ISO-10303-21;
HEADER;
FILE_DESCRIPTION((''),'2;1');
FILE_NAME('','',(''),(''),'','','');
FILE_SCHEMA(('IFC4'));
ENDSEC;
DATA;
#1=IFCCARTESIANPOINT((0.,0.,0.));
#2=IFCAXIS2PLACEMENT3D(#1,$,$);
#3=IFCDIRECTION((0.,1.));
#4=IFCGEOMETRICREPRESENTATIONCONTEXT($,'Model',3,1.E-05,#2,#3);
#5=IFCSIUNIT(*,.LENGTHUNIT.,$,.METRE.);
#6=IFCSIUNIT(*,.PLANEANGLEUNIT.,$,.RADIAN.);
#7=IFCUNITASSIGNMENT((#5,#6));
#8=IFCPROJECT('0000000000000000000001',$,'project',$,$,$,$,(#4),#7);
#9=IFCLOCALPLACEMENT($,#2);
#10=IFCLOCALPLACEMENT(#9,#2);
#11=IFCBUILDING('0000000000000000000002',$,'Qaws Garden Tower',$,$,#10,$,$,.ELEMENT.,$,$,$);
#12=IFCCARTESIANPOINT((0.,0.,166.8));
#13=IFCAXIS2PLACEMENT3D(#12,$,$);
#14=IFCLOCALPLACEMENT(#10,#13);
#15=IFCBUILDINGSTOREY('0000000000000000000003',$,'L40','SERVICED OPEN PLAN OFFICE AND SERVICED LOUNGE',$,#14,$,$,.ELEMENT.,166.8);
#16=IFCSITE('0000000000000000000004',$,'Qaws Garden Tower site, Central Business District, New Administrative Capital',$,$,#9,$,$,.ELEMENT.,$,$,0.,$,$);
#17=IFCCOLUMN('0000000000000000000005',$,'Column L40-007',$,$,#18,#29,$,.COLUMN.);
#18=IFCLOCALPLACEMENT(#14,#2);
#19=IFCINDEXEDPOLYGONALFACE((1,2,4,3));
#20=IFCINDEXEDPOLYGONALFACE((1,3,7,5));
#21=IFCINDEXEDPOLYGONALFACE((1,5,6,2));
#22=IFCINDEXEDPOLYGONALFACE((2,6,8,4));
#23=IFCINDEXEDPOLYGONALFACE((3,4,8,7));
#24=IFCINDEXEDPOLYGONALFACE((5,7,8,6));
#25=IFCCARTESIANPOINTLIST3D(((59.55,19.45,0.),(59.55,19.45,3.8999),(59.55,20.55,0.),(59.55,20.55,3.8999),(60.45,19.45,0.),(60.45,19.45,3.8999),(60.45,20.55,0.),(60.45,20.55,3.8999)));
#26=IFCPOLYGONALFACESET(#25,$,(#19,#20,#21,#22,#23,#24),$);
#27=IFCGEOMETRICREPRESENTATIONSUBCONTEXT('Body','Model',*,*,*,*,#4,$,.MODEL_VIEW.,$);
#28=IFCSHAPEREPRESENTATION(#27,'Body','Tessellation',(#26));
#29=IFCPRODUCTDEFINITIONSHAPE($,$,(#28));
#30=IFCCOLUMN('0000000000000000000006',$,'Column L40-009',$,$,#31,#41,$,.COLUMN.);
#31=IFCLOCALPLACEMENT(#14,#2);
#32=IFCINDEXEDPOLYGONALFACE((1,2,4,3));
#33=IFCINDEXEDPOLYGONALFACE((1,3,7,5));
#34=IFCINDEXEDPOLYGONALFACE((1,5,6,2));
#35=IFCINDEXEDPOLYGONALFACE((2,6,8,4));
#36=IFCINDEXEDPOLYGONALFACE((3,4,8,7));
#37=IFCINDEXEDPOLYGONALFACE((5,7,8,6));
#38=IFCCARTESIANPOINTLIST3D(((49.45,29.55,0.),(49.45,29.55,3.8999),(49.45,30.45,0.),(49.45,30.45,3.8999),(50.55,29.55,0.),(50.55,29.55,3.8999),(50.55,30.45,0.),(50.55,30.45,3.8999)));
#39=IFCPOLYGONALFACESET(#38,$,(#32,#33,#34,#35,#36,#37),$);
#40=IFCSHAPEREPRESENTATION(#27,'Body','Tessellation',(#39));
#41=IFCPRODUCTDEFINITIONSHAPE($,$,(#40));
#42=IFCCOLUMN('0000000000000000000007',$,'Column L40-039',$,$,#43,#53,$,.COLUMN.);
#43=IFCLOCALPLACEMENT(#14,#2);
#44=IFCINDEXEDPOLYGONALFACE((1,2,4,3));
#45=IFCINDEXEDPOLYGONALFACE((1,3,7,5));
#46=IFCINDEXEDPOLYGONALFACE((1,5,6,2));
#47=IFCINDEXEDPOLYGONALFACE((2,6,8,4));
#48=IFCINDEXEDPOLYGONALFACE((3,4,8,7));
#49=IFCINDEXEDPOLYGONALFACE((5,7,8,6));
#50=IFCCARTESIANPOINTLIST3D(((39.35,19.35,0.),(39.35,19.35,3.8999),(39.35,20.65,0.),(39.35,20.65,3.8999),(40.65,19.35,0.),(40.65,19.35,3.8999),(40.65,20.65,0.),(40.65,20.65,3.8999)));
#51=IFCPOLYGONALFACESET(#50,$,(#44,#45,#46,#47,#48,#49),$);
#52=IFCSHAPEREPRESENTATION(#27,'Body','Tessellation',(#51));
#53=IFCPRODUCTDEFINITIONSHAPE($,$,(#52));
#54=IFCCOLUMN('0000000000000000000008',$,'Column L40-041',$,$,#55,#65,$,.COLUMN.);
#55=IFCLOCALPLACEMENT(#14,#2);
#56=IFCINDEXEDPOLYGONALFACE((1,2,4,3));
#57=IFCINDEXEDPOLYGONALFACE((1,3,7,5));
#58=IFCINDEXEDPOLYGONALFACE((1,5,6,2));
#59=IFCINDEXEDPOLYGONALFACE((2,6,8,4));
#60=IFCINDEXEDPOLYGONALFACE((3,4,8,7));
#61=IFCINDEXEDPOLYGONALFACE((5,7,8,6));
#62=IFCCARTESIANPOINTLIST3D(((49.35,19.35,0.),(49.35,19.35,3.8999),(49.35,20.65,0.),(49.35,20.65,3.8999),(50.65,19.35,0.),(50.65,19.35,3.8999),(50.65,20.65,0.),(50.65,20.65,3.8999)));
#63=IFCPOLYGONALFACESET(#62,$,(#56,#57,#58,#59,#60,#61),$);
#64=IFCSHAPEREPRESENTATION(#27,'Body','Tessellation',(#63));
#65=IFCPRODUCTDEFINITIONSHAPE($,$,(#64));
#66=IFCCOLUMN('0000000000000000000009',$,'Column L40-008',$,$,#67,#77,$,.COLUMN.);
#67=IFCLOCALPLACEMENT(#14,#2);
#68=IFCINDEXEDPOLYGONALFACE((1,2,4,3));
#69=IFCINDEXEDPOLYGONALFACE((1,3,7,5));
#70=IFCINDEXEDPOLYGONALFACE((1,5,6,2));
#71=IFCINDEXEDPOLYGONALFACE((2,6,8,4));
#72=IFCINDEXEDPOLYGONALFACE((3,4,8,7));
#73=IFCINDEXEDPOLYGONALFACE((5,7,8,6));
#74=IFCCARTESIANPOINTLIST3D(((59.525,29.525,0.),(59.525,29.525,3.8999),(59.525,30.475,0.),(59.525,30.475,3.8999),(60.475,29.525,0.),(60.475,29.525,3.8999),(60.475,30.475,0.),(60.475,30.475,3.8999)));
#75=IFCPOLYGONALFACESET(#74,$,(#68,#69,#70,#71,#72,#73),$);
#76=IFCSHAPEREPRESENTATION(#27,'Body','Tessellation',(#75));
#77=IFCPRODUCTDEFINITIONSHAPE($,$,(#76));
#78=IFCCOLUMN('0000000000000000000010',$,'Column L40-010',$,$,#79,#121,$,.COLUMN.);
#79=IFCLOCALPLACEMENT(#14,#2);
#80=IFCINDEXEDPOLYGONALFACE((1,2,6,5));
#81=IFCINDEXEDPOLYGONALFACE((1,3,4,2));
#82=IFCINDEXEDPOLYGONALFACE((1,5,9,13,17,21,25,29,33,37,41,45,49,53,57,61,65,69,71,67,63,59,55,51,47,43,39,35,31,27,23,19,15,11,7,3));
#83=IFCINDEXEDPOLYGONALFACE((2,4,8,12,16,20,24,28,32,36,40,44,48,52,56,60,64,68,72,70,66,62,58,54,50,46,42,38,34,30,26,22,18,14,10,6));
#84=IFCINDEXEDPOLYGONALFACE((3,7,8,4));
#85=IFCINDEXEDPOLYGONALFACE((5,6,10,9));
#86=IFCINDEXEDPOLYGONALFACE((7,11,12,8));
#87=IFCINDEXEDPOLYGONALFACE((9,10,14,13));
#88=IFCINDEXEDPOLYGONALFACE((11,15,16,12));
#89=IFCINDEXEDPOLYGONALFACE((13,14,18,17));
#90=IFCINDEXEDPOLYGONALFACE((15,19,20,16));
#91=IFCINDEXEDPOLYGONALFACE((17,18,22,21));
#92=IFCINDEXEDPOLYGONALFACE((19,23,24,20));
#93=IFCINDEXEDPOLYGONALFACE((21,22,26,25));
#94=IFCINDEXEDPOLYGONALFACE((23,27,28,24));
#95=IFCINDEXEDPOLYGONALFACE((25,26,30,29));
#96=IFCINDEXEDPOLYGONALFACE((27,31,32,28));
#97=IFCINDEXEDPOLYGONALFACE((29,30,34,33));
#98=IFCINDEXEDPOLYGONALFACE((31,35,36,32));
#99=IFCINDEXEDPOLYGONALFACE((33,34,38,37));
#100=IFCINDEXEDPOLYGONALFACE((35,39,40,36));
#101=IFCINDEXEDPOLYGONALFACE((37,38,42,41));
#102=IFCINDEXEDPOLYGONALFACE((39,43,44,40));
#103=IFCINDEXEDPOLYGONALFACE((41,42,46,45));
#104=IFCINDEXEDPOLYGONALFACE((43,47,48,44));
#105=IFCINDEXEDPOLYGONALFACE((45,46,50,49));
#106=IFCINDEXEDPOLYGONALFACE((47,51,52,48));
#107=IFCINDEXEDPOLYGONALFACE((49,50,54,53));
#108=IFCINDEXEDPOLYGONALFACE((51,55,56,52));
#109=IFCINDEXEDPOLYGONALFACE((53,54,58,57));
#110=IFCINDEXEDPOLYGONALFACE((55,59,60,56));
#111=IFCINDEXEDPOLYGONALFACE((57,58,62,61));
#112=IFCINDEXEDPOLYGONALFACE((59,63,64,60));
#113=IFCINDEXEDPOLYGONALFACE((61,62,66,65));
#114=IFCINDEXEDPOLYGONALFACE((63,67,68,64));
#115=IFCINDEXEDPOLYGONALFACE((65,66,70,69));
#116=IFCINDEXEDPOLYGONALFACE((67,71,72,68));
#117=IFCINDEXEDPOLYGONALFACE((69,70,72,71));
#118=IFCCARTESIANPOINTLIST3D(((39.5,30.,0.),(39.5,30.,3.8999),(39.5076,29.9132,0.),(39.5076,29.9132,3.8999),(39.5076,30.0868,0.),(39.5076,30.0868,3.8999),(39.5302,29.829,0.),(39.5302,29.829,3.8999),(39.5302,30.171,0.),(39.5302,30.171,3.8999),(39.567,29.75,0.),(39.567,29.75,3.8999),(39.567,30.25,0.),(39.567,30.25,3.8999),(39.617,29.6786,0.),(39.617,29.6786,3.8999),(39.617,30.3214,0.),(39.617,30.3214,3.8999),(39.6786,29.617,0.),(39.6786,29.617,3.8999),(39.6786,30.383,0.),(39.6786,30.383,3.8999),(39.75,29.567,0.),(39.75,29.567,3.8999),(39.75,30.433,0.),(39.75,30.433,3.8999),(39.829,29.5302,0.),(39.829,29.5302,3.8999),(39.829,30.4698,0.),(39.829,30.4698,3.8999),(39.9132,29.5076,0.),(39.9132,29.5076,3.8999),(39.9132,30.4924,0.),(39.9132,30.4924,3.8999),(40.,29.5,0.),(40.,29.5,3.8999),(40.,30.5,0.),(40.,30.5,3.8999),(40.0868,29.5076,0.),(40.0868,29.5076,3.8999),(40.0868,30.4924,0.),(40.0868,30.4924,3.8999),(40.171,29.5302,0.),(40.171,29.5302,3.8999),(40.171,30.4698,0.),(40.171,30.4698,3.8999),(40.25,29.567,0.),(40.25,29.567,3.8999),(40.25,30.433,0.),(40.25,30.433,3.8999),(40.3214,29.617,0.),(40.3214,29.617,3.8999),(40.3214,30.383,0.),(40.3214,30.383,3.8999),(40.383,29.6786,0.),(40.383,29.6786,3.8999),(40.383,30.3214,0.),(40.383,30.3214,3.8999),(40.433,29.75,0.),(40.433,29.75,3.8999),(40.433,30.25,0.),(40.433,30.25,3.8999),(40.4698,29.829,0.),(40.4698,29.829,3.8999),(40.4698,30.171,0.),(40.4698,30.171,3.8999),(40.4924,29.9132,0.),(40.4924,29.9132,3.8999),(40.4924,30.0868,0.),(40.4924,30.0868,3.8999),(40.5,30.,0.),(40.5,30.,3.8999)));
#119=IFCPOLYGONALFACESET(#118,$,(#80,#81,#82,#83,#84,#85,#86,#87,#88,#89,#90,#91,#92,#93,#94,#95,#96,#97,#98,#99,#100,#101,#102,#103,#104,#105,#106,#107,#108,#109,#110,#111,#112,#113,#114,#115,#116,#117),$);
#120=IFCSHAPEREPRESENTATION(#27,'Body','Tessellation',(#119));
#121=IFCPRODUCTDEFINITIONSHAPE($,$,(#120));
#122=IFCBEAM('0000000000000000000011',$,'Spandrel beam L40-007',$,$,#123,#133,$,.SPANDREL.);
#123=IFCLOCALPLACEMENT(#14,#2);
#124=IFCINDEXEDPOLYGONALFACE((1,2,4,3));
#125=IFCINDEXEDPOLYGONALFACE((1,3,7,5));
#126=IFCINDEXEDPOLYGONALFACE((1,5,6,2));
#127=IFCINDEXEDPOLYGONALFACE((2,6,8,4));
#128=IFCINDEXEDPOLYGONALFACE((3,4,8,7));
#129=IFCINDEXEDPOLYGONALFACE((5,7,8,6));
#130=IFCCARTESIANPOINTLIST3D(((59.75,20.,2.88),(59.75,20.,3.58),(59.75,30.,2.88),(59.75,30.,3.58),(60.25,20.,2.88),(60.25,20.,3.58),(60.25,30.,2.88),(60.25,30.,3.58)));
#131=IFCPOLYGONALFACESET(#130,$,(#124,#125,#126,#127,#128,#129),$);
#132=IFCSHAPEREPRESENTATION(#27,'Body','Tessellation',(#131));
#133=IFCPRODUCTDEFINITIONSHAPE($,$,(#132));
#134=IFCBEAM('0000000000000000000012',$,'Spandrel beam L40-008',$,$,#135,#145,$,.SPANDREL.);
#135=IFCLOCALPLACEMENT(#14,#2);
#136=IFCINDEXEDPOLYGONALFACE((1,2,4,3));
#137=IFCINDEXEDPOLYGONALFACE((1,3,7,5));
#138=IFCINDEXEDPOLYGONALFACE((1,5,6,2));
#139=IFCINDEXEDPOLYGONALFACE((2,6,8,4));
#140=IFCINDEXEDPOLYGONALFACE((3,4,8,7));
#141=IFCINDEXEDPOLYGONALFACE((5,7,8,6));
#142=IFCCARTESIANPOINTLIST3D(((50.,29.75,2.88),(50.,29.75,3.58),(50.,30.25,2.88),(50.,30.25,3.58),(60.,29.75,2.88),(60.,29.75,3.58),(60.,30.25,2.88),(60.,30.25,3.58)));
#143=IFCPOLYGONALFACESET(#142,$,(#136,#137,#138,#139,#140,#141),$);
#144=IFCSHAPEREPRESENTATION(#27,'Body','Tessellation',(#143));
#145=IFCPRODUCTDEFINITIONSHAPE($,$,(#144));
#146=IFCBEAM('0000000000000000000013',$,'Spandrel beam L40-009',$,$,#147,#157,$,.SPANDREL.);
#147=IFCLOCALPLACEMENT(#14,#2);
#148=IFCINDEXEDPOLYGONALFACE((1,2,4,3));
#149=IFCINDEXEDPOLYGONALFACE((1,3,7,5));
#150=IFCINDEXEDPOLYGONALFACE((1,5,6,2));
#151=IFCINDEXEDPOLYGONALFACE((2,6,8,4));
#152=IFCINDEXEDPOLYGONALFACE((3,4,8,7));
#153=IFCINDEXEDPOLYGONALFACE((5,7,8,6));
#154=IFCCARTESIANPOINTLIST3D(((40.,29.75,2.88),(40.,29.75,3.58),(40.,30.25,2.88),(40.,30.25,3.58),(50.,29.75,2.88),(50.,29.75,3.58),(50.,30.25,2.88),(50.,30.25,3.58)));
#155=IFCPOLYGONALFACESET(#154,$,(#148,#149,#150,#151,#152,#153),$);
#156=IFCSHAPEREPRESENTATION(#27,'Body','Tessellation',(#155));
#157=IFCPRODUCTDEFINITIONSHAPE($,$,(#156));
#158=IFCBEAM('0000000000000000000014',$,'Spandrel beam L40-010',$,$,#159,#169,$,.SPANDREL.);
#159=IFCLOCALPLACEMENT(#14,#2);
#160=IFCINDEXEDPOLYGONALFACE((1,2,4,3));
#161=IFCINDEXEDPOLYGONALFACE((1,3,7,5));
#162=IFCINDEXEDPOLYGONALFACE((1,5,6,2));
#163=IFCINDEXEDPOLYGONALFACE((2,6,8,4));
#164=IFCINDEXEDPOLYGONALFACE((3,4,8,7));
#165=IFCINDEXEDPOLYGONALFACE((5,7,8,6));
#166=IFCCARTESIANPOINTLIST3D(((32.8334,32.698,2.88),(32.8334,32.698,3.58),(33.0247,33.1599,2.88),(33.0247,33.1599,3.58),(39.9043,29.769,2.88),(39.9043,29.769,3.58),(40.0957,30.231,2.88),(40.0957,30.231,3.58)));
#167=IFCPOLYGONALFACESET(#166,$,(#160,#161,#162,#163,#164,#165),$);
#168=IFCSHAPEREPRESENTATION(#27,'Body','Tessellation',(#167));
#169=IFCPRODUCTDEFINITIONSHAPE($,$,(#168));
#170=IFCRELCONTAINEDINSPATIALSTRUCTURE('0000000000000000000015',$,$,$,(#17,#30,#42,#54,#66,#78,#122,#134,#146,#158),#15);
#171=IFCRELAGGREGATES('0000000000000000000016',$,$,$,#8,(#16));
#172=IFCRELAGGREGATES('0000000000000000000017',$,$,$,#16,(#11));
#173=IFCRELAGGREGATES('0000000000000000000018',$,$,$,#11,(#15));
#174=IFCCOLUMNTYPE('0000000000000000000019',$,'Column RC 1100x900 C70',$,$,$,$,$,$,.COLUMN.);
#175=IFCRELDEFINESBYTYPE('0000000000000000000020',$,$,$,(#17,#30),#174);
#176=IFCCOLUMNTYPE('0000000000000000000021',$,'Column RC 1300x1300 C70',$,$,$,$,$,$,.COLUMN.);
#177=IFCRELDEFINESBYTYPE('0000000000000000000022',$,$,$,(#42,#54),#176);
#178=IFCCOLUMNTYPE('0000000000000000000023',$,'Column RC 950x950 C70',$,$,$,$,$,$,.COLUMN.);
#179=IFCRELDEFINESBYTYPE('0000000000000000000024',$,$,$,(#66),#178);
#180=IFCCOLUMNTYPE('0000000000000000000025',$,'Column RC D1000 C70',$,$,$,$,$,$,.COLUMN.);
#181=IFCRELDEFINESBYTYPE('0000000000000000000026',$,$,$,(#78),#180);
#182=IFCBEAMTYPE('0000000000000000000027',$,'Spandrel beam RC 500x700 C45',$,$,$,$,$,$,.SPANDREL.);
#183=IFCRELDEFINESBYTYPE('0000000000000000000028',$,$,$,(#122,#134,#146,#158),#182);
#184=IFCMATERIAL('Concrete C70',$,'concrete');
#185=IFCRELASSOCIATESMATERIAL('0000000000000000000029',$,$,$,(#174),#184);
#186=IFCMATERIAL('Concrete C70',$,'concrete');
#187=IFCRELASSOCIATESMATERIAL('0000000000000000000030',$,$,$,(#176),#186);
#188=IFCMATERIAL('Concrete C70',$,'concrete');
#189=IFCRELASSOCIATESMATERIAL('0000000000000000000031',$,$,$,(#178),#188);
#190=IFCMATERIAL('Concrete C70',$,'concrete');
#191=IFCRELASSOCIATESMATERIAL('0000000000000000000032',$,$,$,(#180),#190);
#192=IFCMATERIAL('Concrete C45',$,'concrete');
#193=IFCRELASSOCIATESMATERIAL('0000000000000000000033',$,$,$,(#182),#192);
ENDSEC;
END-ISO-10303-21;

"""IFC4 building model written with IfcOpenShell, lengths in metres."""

from ifc_helpers import new_model, si_unit, direction, frame, origin, origin_2d, place, context, subcontext, project, spatial, rectangle, circle, extrude, material, material_profile, profile_set, type_object, element, save


model = new_model("IFC4")

# Units and contexts
model_context = context("Model", 3, precision=1e-05, world=origin(), true_north=direction((0.0, 1.0)))
body_context = subcontext(model_context, "Body", "Model", "MODEL_VIEW")
ifc_project = project(units=[si_unit("LENGTHUNIT", "METRE"), si_unit("PLANEANGLEUNIT", "RADIAN")], contexts=[model_context])

# Site, building, storey
site_placement = place(None, origin())
site = spatial("IfcSite", under=ifc_project, at=site_placement, Name="Qaws Garden Tower site, Central Business District, New Administrative Capital", CompositionType="ELEMENT", RefElevation=0.0)
building_placement = place(site_placement, origin())
building = spatial("IfcBuilding", under=site, at=building_placement, Name="Qaws Garden Tower", CompositionType="ELEMENT")
storey_placement = place(building_placement, frame((0.0, 0.0, 166.8)))
storey = spatial("IfcBuildingStorey", under=building, at=storey_placement, Name="L40", Description="SERVICED OPEN PLAN OFFICE AND SERVICED LOUNGE", CompositionType="ELEMENT", Elevation=166.8)

# Columns
ifc_material_1 = material(Name="Concrete C70", Category="concrete")
ifc_material_profile_1 = material_profile(ifc_material_1, rectangle(XDim=1.1001, YDim=0.8999, at=origin_2d()), Name="RC 1100x900")
ifc_profile_set_1 = profile_set([ifc_material_profile_1], Name="Concrete C70")
column_type_1 = type_object("IfcColumnType", Name="Column RC 1100x900 C70", PredefinedType="COLUMN", material=ifc_profile_set_1)
for number, where, z_axis, x_axis, name in (
    (1, (60.0, 20.0, 0.0), (0.0, 0.0, 1.0), (0.0, 1.0, 0.0), "Column L40-007"),
    (2, (50.0, 30.0, 0.0), (0.0, 0.0, 1.0), (1.0, 0.0, 0.0), "Column L40-009"),
):
    element("IfcColumn", number, at=place(storey_placement, frame(where, z_axis=z_axis, x_axis=x_axis)), inside=storey, type_object=column_type_1, Name=name, PredefinedType="COLUMN", context=body_context, shape_type="SweptSolid", body=[
        extrude(rectangle(XDim=1.1001, YDim=0.8999, at=origin_2d()), origin(), (0.0, 0.0, 1.0), 3.8999),
    ])
ifc_material_2 = material(Name="Concrete C70", Category="concrete")
ifc_material_profile_2 = material_profile(ifc_material_2, rectangle(XDim=1.3, YDim=1.3, at=origin_2d()), Name="RC 1300x1300")
ifc_profile_set_2 = profile_set([ifc_material_profile_2], Name="Concrete C70")
column_type_2 = type_object("IfcColumnType", Name="Column RC 1300x1300 C70", PredefinedType="COLUMN", material=ifc_profile_set_2)
for number, where, z_axis, x_axis, name in (
    (3, (40.0, 20.0, 0.0), (0.0, 0.0, 1.0), (1.0, 0.0, 0.0), "Column L40-039"),
    (4, (50.0, 20.0, 0.0), (0.0, 0.0, 1.0), (1.0, 0.0, 0.0), "Column L40-041"),
):
    element("IfcColumn", number, at=place(storey_placement, frame(where, z_axis=z_axis, x_axis=x_axis)), inside=storey, type_object=column_type_2, Name=name, PredefinedType="COLUMN", context=body_context, shape_type="SweptSolid", body=[
        extrude(rectangle(XDim=1.3, YDim=1.3, at=origin_2d()), origin(), (0.0, 0.0, 1.0), 3.8999),
    ])
ifc_material_3 = material(Name="Concrete C70", Category="concrete")
ifc_material_profile_3 = material_profile(ifc_material_3, rectangle(XDim=0.95, YDim=0.95, at=origin_2d()), Name="RC 950x950")
ifc_profile_set_3 = profile_set([ifc_material_profile_3], Name="Concrete C70")
column_type_3 = type_object("IfcColumnType", Name="Column RC 950x950 C70", PredefinedType="COLUMN", material=ifc_profile_set_3)
column_1_placement = place(storey_placement, frame((60.0, 30.0, 0.0), z_axis=(0.0, 0.0, 1.0), x_axis=(1.0, 0.0, 0.0)))
element("IfcColumn", 5, at=column_1_placement, inside=storey, type_object=column_type_3, Name="Column L40-008", PredefinedType="COLUMN", context=body_context, shape_type="SweptSolid", body=[
    extrude(rectangle(XDim=0.95, YDim=0.95, at=origin_2d()), origin(), (0.0, 0.0, 1.0), 3.8999),
])
ifc_material_4 = material(Name="Concrete C70", Category="concrete")
ifc_material_profile_4 = material_profile(ifc_material_4, circle(Radius=0.5, at=origin_2d()), Name="RC D1000")
ifc_profile_set_4 = profile_set([ifc_material_profile_4], Name="Concrete C70")
column_type_4 = type_object("IfcColumnType", Name="Column RC D1000 C70", PredefinedType="COLUMN", material=ifc_profile_set_4)
column_2_placement = place(storey_placement, frame((40.0, 30.0, 0.0), z_axis=(0.0, 0.0, 1.0), x_axis=(1.0, 0.0, 0.0)))
element("IfcColumn", 6, at=column_2_placement, inside=storey, type_object=column_type_4, Name="Column L40-010", PredefinedType="COLUMN", context=body_context, shape_type="SweptSolid", body=[
    extrude(circle(Radius=0.5, at=origin_2d()), origin(), (0.0, 0.0, 1.0), 3.8999),
])

# Beams
ifc_material_5 = material(Name="Concrete C45", Category="concrete")
ifc_material_profile_5 = material_profile(ifc_material_5, rectangle(XDim=0.5, YDim=0.7, at=origin_2d()), Name="RC 500x700")
ifc_profile_set_5 = profile_set([ifc_material_profile_5], Name="Concrete C45")
beam_type = type_object("IfcBeamType", Name="Spandrel beam RC 500x700 C45", PredefinedType="SPANDREL", material=ifc_profile_set_5)
for number, where, z_axis, x_axis, name in (
    (7, (60.0, 20.0, 3.23), (0.0, 1.0, 0.0), (-1.0, 0.0, 0.0), "Spandrel beam L40-007"),
    (8, (60.0, 30.0, 3.23), (-1.0, 0.0, 0.0), (0.0, -1.0, 0.0), "Spandrel beam L40-008"),
    (9, (50.0, 30.0, 3.23), (-1.0, 0.0, 0.0), (0.0, -1.0, 0.0), "Spandrel beam L40-009"),
):
    element("IfcBeam", number, at=place(storey_placement, frame(where, z_axis=z_axis, x_axis=x_axis)), inside=storey, type_object=beam_type, Name=name, PredefinedType="SPANDREL", context=body_context, shape_type="SweptSolid", body=[
        extrude(rectangle(XDim=0.5, YDim=0.7, at=origin_2d()), origin(), (0.0, 0.0, 1.0), 10.0),
    ])
beam_placement = place(storey_placement, frame((40.0, 30.0, 3.23), z_axis=(-0.923878, 0.382687, 0.0), x_axis=(-0.382687, -0.923878, 0.0)))
element("IfcBeam", 10, at=beam_placement, inside=storey, type_object=beam_type, Name="Spandrel beam L40-010", PredefinedType="SPANDREL", context=body_context, shape_type="SweptSolid", body=[
    extrude(rectangle(XDim=0.5, YDim=0.7, at=origin_2d()), origin(), (0.0, 0.0, 1.0), 7.6536),
])

save(model, "model.ifc")
